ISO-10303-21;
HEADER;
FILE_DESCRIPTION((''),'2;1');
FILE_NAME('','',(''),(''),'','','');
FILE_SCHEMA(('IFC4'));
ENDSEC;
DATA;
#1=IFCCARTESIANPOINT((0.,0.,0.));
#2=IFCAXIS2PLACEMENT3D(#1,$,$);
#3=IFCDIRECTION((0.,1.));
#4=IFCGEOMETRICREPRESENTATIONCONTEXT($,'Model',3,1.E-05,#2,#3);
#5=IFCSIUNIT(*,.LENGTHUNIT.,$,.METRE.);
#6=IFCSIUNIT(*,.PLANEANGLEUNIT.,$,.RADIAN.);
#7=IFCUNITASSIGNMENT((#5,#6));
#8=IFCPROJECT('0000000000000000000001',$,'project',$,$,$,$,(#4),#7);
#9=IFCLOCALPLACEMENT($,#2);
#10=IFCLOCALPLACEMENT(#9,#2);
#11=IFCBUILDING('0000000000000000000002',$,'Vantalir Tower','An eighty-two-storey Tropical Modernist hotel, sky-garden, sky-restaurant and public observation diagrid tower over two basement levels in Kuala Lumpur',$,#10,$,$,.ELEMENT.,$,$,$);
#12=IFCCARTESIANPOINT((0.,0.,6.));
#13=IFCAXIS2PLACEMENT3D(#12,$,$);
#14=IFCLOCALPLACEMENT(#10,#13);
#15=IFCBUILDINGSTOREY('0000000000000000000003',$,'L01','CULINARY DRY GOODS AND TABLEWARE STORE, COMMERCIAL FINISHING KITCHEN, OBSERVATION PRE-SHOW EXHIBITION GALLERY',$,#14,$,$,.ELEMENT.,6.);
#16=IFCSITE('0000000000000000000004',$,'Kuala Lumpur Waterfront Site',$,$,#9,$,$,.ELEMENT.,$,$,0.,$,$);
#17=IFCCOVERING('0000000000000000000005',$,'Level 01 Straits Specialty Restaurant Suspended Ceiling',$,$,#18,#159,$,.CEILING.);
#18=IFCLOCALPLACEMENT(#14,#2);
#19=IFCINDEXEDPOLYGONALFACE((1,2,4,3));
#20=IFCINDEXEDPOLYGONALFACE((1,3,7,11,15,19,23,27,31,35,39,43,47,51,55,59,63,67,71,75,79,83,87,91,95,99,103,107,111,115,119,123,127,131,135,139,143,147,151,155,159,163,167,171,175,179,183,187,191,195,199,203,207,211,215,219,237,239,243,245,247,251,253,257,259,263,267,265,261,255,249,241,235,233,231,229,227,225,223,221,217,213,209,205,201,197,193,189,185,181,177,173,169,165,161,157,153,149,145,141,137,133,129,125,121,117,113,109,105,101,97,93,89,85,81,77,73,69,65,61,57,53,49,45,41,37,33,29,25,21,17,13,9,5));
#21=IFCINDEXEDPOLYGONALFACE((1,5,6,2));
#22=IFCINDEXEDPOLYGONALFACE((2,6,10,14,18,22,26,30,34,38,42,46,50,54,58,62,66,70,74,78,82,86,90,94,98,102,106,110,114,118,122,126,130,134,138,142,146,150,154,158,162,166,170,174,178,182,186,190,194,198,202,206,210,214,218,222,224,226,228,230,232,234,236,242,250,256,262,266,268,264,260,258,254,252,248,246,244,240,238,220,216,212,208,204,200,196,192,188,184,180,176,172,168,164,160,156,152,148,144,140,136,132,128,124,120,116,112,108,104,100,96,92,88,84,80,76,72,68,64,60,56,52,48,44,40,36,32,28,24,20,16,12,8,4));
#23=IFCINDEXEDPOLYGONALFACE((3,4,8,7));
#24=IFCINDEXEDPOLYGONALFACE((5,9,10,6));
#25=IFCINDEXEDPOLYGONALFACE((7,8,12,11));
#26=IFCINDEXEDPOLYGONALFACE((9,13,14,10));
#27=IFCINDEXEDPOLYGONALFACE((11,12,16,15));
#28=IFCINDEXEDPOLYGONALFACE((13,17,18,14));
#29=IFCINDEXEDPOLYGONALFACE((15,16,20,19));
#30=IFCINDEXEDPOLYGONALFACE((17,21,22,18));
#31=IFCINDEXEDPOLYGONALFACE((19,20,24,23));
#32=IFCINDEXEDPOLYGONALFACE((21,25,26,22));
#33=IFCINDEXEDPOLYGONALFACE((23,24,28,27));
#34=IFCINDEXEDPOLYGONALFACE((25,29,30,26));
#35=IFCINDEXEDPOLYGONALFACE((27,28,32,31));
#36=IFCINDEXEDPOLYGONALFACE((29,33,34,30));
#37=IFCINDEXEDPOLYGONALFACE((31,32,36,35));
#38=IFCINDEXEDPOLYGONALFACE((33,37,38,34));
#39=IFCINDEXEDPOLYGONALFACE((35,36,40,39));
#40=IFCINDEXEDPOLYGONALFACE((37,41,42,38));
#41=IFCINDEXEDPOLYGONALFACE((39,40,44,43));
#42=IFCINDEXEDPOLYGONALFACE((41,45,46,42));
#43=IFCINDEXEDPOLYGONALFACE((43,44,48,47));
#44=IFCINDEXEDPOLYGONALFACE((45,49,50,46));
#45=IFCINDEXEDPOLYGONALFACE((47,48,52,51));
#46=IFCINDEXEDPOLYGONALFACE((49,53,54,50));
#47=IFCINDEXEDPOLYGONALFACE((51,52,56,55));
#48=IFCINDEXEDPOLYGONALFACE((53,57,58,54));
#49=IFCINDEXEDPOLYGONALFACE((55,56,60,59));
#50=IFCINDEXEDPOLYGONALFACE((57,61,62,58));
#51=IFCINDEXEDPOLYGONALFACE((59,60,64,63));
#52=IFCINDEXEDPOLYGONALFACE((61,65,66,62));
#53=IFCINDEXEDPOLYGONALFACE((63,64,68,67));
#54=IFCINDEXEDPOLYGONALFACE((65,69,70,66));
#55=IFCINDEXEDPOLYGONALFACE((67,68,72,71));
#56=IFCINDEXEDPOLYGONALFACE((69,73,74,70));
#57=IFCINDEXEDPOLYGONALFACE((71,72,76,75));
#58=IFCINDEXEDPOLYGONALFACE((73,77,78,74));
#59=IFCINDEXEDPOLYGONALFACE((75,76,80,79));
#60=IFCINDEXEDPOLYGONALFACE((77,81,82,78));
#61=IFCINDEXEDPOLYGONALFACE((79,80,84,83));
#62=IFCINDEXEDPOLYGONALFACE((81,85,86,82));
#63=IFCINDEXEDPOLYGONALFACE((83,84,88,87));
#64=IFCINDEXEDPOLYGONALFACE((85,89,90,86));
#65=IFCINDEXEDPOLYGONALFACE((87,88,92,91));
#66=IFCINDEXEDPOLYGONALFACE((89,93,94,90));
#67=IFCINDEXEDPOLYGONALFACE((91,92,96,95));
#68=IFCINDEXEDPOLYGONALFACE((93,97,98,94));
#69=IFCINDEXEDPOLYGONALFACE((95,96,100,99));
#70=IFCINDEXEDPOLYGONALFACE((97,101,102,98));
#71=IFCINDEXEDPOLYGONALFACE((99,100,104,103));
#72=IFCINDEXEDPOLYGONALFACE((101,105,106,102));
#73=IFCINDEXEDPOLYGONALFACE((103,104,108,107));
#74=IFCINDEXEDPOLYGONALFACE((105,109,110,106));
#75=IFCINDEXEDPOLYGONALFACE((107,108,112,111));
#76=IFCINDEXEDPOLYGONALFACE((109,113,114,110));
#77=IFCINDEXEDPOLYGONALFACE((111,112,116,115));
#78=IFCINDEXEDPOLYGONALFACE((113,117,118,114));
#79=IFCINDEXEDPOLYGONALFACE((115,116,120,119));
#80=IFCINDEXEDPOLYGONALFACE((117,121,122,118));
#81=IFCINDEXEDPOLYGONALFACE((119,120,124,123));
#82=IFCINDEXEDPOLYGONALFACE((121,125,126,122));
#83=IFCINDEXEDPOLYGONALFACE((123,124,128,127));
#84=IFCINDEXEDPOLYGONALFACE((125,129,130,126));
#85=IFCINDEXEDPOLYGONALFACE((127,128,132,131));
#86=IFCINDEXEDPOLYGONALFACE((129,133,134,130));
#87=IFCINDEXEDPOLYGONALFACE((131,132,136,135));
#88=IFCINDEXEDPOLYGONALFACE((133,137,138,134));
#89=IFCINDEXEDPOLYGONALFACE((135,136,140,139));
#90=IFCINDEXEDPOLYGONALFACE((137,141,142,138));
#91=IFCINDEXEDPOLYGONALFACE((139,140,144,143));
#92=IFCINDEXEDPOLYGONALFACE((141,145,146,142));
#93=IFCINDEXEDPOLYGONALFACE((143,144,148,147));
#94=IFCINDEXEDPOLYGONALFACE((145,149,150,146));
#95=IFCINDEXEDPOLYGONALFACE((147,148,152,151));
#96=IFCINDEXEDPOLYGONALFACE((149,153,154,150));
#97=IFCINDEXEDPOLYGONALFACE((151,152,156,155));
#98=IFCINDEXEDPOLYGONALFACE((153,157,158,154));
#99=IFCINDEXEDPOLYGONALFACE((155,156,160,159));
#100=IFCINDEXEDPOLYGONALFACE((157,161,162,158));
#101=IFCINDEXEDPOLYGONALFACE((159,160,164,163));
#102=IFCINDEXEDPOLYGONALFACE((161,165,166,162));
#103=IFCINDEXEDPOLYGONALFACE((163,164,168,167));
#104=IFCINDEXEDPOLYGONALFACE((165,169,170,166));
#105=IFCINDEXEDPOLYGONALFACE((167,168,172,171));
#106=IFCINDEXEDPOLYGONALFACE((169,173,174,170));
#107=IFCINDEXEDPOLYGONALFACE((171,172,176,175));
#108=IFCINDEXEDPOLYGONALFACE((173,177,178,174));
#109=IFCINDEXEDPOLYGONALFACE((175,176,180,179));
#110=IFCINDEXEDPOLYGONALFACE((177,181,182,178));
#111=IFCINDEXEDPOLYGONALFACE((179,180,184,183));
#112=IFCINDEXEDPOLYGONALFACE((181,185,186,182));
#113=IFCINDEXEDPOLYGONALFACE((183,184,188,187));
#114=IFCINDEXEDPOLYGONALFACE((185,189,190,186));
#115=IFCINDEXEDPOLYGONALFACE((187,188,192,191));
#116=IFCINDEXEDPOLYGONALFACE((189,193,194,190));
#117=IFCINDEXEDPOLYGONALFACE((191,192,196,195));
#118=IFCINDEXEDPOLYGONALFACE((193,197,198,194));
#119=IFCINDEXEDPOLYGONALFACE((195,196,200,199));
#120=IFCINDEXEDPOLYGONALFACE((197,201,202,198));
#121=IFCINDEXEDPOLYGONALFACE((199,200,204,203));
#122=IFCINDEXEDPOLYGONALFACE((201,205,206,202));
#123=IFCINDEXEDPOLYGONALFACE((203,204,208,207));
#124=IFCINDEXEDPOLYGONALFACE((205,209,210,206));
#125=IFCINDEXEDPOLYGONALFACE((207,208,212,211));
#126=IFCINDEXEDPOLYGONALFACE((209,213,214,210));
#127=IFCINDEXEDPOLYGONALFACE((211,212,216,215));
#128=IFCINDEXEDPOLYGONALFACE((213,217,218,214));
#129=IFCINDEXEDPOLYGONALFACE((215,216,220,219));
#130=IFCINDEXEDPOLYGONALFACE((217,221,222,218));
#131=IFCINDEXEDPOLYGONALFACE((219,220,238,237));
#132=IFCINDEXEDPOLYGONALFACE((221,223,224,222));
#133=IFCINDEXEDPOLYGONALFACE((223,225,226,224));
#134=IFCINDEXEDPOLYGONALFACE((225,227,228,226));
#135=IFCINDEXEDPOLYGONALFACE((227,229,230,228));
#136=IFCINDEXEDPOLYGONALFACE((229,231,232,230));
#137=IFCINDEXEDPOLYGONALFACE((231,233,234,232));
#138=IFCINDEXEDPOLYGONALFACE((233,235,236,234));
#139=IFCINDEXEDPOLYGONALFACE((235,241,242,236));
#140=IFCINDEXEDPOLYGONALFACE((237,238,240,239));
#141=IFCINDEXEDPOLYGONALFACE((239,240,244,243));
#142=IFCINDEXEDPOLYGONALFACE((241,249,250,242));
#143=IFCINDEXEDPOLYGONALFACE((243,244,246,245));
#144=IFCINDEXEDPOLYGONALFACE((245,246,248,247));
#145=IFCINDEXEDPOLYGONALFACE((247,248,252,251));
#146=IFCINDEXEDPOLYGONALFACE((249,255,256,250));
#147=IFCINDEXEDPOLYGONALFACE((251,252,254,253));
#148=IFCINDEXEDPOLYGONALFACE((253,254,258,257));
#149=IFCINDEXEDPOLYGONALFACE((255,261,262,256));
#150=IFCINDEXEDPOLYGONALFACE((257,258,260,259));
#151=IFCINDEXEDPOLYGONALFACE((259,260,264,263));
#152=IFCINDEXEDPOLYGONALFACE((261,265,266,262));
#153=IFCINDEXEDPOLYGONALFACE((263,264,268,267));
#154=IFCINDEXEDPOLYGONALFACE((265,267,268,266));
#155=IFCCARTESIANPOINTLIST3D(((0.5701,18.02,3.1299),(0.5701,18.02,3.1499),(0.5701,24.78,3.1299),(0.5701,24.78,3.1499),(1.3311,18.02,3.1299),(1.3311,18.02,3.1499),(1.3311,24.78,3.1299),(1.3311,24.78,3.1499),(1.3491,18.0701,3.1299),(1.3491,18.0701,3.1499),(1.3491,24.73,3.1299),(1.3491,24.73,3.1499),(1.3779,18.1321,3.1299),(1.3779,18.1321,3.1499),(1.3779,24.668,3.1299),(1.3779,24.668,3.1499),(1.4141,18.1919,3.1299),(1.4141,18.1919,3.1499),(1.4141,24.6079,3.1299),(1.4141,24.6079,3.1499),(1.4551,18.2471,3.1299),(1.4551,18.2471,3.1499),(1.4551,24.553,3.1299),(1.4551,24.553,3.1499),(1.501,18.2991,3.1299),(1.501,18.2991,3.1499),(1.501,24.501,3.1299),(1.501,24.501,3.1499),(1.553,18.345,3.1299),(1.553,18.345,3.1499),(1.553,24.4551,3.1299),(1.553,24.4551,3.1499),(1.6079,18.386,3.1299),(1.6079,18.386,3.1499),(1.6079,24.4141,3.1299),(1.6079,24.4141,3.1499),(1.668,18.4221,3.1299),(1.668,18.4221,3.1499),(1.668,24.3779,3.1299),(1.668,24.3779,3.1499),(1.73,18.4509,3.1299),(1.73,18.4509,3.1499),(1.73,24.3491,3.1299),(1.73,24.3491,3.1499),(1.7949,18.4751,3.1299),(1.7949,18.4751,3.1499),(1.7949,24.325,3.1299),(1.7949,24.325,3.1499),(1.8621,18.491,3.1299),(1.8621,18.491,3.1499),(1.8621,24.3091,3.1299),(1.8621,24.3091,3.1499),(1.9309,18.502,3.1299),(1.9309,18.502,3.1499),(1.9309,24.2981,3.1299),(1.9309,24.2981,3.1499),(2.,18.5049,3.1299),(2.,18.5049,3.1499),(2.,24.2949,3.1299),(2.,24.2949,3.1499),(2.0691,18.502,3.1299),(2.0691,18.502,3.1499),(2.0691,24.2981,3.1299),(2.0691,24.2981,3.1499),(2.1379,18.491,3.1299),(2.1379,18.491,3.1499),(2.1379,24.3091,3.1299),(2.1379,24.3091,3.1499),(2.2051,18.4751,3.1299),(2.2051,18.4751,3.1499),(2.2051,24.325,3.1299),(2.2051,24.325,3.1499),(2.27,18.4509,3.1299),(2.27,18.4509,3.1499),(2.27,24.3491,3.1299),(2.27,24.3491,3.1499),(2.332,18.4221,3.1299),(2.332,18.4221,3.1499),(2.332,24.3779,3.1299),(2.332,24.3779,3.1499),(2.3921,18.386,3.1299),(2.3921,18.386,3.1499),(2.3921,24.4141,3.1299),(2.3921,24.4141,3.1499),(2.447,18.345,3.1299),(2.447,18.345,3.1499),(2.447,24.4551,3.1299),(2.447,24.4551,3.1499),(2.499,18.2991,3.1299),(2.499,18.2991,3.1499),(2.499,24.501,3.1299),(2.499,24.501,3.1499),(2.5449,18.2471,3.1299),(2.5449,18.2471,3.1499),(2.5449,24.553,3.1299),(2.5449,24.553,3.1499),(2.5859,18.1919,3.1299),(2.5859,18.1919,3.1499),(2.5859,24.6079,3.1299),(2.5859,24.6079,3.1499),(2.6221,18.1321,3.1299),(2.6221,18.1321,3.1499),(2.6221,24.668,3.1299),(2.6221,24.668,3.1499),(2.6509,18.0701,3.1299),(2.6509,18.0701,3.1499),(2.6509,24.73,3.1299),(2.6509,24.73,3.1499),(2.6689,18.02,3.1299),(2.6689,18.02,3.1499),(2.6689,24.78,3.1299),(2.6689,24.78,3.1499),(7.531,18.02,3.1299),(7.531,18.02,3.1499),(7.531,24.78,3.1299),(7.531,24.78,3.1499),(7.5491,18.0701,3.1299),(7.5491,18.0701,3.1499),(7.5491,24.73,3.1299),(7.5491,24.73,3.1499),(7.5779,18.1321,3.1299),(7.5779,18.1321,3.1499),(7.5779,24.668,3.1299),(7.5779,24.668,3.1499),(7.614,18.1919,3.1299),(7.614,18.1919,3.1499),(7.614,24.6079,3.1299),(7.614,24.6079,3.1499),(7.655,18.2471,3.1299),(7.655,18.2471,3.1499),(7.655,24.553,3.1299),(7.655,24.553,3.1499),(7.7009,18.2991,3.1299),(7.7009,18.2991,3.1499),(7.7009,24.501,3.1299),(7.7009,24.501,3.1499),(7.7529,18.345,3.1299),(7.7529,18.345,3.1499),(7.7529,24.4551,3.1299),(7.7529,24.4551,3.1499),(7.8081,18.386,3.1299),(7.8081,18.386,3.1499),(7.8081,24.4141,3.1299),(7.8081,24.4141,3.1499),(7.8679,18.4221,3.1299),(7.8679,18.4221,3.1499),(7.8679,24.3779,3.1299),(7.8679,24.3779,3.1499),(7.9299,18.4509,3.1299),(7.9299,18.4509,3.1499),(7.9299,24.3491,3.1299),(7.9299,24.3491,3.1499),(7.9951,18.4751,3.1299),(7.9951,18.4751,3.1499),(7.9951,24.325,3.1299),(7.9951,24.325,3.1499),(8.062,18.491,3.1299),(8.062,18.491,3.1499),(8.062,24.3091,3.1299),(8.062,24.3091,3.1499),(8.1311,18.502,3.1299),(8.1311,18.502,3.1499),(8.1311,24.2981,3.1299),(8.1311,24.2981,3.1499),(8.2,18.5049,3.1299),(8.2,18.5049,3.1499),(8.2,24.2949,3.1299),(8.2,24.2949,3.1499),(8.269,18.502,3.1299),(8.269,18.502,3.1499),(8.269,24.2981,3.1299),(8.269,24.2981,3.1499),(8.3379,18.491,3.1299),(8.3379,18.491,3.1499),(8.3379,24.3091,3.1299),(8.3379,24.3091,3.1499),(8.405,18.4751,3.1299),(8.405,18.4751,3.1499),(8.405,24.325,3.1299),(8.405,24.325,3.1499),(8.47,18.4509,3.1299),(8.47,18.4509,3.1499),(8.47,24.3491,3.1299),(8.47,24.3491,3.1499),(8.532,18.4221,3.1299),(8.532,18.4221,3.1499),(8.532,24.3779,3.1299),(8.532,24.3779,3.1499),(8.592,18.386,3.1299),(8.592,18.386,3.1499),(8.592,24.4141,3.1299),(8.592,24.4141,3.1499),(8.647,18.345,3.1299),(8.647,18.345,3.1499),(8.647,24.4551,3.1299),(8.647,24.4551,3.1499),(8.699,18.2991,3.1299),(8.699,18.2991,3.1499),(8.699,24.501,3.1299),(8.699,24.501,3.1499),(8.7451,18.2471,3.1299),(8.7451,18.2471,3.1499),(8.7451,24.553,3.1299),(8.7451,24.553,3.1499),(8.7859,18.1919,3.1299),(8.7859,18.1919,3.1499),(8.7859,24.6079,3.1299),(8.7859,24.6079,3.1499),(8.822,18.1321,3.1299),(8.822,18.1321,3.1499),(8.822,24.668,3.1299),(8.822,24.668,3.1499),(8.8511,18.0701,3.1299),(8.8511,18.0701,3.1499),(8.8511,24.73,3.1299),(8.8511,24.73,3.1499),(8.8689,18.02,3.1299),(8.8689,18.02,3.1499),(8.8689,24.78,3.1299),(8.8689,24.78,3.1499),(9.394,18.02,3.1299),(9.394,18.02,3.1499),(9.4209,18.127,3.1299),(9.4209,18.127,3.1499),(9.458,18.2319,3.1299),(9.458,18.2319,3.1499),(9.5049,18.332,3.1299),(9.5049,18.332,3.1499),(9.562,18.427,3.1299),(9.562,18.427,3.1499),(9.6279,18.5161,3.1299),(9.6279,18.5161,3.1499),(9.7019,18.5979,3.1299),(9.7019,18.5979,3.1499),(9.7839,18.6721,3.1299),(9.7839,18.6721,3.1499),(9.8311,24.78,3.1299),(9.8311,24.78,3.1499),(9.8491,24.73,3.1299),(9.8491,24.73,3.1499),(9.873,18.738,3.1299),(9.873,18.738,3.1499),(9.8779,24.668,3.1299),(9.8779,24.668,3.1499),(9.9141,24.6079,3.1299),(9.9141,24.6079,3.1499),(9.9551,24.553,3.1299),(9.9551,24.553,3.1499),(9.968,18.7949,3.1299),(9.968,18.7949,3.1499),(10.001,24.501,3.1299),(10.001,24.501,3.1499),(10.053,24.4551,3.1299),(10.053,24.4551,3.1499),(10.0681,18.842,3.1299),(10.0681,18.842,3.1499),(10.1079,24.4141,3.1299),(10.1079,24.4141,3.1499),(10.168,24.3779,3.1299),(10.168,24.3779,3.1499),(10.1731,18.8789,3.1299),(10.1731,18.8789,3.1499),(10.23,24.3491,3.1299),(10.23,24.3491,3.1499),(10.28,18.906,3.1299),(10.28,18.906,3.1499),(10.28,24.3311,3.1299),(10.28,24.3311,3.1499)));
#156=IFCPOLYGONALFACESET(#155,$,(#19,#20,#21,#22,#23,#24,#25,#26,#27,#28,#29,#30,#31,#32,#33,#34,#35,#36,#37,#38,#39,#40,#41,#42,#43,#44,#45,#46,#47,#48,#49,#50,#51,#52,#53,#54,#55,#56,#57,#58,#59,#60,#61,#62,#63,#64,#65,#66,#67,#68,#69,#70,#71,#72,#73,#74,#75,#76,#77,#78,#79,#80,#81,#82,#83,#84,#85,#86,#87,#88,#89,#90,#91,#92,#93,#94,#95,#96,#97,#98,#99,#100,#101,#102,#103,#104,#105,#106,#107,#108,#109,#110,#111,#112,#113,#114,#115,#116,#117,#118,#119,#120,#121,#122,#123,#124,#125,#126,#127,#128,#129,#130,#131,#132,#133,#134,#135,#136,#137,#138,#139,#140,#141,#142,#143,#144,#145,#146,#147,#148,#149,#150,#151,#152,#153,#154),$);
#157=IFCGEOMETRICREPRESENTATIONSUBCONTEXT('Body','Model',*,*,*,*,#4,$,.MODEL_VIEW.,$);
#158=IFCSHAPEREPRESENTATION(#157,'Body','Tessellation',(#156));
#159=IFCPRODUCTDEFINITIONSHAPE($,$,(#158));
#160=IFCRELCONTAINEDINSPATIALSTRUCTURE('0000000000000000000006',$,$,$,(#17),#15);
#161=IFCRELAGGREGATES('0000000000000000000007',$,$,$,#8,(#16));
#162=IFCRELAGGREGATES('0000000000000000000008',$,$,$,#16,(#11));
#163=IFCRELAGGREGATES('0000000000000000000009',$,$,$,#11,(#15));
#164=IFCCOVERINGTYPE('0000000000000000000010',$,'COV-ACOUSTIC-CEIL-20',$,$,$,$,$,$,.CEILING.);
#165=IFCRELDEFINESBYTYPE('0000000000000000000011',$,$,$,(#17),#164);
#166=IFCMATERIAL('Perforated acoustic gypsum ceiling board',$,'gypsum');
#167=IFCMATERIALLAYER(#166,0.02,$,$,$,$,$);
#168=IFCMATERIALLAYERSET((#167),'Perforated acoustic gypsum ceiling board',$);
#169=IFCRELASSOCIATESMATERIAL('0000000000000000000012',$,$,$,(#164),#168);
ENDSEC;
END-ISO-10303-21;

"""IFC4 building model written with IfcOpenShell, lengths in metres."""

from ifc_helpers import new_model, si_unit, direction, frame, origin, place, context, subcontext, project, spatial, polyline, outline, extrude, material, layer, layer_set, type_object, element, save


model = new_model("IFC4")

# Units and contexts
model_context = context("Model", 3, precision=1e-05, world=origin(), true_north=direction((0.0, 1.0)))
body_context = subcontext(model_context, "Body", "Model", "MODEL_VIEW")
ifc_project = project(units=[si_unit("LENGTHUNIT", "METRE"), si_unit("PLANEANGLEUNIT", "RADIAN")], contexts=[model_context])

# Site, building, storey
site_placement = place(None, origin())
site = spatial("IfcSite", under=ifc_project, at=site_placement, Name="Kuala Lumpur Waterfront Site", CompositionType="ELEMENT", RefElevation=0.0)
building_placement = place(site_placement, origin())
building = spatial("IfcBuilding", under=site, at=building_placement, Name="Vantalir Tower", Description="An eighty-two-storey Tropical Modernist hotel, sky-garden, sky-restaurant and public observation diagrid tower over two basement levels in Kuala Lumpur", CompositionType="ELEMENT")
storey_placement = place(building_placement, frame((0.0, 0.0, 6.0)))
storey = spatial("IfcBuildingStorey", under=building, at=storey_placement, Name="L01", Description="CULINARY DRY GOODS AND TABLEWARE STORE, COMMERCIAL FINISHING KITCHEN, OBSERVATION PRE-SHOW EXHIBITION GALLERY", CompositionType="ELEMENT", Elevation=6.0)

# Covering
ifc_material_1 = material(Name="Perforated acoustic gypsum ceiling board", Category="gypsum")
ifc_layer_1 = layer(ifc_material_1, 0.02)
ifc_layer_set_1 = layer_set([ifc_layer_1], Name="Perforated acoustic gypsum ceiling board")
covering_type_1 = type_object("IfcCoveringType", Name="COV-ACOUSTIC-CEIL-20", PredefinedType="CEILING", material=ifc_layer_set_1)
covering_1_placement = place(storey_placement, frame((0.0, 0.0, 3.1299)))
element("IfcCovering", 1, at=covering_1_placement, inside=storey, type_object=covering_type_1, Name="Level 01 Straits Specialty Restaurant Suspended Ceiling", PredefinedType="CEILING", context=body_context, shape_type="SweptSolid", body=[
    extrude(outline(polyline([(10.28, 24.3311), (10.23, 24.3491), (10.168, 24.3779), (10.1079, 24.4141), (10.053, 24.4551), (10.001, 24.501), (9.9551, 24.553), (9.9141, 24.6079), (9.8779, 24.668), (9.8491, 24.73), (9.8311, 24.78), (8.8689, 24.78), (8.8511, 24.73), (8.822, 24.668), (8.7859, 24.6079), (8.7451, 24.553), (8.699, 24.501), (8.647, 24.4551), (8.592, 24.4141), (8.532, 24.3779), (8.47, 24.3491), (8.405, 24.325), (8.3379, 24.3091), (8.269, 24.2981), (8.2, 24.2949), (8.1311, 24.2981), (8.062, 24.3091), (7.9951, 24.325), (7.9299, 24.3491), (7.8679, 24.3779), (7.8081, 24.4141), (7.7529, 24.4551), (7.7009, 24.501), (7.655, 24.553), (7.614, 24.6079), (7.5779, 24.668), (7.5491, 24.73), (7.531, 24.78), (2.6689, 24.78), (2.6509, 24.73), (2.6221, 24.668), (2.5859, 24.6079), (2.5449, 24.553), (2.499, 24.501), (2.447, 24.4551), (2.3921, 24.4141), (2.332, 24.3779), (2.27, 24.3491), (2.2051, 24.325), (2.1379, 24.3091), (2.0691, 24.2981), (2.0, 24.2949), (1.9309, 24.2981), (1.8621, 24.3091), (1.7949, 24.325), (1.73, 24.3491), (1.668, 24.3779), (1.6079, 24.4141), (1.553, 24.4551), (1.501, 24.501), (1.4551, 24.553), (1.4141, 24.6079), (1.3779, 24.668), (1.3491, 24.73), (1.3311, 24.78), (0.5701, 24.78), (0.5701, 18.02), (1.3311, 18.02), (1.3491, 18.0701), (1.3779, 18.1321), (1.4141, 18.1919), (1.4551, 18.2471), (1.501, 18.2991), (1.553, 18.345), (1.6079, 18.386), (1.668, 18.4221), (1.73, 18.4509), (1.7949, 18.4751), (1.8621, 18.491), (1.9309, 18.502), (2.0, 18.5049), (2.0691, 18.502), (2.1379, 18.491), (2.2051, 18.4751), (2.27, 18.4509), (2.332, 18.4221), (2.3921, 18.386), (2.447, 18.345), (2.499, 18.2991), (2.5449, 18.2471), (2.5859, 18.1919), (2.6221, 18.1321), (2.6509, 18.0701), (2.6689, 18.02), (7.531, 18.02), (7.5491, 18.0701), (7.5779, 18.1321), (7.614, 18.1919), (7.655, 18.2471), (7.7009, 18.2991), (7.7529, 18.345), (7.8081, 18.386), (7.8679, 18.4221), (7.9299, 18.4509), (7.9951, 18.4751), (8.062, 18.491), (8.1311, 18.502), (8.2, 18.5049), (8.269, 18.502), (8.3379, 18.491), (8.405, 18.4751), (8.47, 18.4509), (8.532, 18.4221), (8.592, 18.386), (8.647, 18.345), (8.699, 18.2991), (8.7451, 18.2471), (8.7859, 18.1919), (8.822, 18.1321), (8.8511, 18.0701), (8.8689, 18.02), (9.394, 18.02), (9.4209, 18.127), (9.458, 18.2319), (9.5049, 18.332), (9.562, 18.427), (9.6279, 18.5161), (9.7019, 18.5979), (9.7839, 18.6721), (9.873, 18.738), (9.968, 18.7949), (10.0681, 18.842), (10.1731, 18.8789), (10.28, 18.906), (10.28, 24.3311)])), origin(), (0.0, 0.0, 1.0), 0.02),
])

save(model, "model.ifc")
